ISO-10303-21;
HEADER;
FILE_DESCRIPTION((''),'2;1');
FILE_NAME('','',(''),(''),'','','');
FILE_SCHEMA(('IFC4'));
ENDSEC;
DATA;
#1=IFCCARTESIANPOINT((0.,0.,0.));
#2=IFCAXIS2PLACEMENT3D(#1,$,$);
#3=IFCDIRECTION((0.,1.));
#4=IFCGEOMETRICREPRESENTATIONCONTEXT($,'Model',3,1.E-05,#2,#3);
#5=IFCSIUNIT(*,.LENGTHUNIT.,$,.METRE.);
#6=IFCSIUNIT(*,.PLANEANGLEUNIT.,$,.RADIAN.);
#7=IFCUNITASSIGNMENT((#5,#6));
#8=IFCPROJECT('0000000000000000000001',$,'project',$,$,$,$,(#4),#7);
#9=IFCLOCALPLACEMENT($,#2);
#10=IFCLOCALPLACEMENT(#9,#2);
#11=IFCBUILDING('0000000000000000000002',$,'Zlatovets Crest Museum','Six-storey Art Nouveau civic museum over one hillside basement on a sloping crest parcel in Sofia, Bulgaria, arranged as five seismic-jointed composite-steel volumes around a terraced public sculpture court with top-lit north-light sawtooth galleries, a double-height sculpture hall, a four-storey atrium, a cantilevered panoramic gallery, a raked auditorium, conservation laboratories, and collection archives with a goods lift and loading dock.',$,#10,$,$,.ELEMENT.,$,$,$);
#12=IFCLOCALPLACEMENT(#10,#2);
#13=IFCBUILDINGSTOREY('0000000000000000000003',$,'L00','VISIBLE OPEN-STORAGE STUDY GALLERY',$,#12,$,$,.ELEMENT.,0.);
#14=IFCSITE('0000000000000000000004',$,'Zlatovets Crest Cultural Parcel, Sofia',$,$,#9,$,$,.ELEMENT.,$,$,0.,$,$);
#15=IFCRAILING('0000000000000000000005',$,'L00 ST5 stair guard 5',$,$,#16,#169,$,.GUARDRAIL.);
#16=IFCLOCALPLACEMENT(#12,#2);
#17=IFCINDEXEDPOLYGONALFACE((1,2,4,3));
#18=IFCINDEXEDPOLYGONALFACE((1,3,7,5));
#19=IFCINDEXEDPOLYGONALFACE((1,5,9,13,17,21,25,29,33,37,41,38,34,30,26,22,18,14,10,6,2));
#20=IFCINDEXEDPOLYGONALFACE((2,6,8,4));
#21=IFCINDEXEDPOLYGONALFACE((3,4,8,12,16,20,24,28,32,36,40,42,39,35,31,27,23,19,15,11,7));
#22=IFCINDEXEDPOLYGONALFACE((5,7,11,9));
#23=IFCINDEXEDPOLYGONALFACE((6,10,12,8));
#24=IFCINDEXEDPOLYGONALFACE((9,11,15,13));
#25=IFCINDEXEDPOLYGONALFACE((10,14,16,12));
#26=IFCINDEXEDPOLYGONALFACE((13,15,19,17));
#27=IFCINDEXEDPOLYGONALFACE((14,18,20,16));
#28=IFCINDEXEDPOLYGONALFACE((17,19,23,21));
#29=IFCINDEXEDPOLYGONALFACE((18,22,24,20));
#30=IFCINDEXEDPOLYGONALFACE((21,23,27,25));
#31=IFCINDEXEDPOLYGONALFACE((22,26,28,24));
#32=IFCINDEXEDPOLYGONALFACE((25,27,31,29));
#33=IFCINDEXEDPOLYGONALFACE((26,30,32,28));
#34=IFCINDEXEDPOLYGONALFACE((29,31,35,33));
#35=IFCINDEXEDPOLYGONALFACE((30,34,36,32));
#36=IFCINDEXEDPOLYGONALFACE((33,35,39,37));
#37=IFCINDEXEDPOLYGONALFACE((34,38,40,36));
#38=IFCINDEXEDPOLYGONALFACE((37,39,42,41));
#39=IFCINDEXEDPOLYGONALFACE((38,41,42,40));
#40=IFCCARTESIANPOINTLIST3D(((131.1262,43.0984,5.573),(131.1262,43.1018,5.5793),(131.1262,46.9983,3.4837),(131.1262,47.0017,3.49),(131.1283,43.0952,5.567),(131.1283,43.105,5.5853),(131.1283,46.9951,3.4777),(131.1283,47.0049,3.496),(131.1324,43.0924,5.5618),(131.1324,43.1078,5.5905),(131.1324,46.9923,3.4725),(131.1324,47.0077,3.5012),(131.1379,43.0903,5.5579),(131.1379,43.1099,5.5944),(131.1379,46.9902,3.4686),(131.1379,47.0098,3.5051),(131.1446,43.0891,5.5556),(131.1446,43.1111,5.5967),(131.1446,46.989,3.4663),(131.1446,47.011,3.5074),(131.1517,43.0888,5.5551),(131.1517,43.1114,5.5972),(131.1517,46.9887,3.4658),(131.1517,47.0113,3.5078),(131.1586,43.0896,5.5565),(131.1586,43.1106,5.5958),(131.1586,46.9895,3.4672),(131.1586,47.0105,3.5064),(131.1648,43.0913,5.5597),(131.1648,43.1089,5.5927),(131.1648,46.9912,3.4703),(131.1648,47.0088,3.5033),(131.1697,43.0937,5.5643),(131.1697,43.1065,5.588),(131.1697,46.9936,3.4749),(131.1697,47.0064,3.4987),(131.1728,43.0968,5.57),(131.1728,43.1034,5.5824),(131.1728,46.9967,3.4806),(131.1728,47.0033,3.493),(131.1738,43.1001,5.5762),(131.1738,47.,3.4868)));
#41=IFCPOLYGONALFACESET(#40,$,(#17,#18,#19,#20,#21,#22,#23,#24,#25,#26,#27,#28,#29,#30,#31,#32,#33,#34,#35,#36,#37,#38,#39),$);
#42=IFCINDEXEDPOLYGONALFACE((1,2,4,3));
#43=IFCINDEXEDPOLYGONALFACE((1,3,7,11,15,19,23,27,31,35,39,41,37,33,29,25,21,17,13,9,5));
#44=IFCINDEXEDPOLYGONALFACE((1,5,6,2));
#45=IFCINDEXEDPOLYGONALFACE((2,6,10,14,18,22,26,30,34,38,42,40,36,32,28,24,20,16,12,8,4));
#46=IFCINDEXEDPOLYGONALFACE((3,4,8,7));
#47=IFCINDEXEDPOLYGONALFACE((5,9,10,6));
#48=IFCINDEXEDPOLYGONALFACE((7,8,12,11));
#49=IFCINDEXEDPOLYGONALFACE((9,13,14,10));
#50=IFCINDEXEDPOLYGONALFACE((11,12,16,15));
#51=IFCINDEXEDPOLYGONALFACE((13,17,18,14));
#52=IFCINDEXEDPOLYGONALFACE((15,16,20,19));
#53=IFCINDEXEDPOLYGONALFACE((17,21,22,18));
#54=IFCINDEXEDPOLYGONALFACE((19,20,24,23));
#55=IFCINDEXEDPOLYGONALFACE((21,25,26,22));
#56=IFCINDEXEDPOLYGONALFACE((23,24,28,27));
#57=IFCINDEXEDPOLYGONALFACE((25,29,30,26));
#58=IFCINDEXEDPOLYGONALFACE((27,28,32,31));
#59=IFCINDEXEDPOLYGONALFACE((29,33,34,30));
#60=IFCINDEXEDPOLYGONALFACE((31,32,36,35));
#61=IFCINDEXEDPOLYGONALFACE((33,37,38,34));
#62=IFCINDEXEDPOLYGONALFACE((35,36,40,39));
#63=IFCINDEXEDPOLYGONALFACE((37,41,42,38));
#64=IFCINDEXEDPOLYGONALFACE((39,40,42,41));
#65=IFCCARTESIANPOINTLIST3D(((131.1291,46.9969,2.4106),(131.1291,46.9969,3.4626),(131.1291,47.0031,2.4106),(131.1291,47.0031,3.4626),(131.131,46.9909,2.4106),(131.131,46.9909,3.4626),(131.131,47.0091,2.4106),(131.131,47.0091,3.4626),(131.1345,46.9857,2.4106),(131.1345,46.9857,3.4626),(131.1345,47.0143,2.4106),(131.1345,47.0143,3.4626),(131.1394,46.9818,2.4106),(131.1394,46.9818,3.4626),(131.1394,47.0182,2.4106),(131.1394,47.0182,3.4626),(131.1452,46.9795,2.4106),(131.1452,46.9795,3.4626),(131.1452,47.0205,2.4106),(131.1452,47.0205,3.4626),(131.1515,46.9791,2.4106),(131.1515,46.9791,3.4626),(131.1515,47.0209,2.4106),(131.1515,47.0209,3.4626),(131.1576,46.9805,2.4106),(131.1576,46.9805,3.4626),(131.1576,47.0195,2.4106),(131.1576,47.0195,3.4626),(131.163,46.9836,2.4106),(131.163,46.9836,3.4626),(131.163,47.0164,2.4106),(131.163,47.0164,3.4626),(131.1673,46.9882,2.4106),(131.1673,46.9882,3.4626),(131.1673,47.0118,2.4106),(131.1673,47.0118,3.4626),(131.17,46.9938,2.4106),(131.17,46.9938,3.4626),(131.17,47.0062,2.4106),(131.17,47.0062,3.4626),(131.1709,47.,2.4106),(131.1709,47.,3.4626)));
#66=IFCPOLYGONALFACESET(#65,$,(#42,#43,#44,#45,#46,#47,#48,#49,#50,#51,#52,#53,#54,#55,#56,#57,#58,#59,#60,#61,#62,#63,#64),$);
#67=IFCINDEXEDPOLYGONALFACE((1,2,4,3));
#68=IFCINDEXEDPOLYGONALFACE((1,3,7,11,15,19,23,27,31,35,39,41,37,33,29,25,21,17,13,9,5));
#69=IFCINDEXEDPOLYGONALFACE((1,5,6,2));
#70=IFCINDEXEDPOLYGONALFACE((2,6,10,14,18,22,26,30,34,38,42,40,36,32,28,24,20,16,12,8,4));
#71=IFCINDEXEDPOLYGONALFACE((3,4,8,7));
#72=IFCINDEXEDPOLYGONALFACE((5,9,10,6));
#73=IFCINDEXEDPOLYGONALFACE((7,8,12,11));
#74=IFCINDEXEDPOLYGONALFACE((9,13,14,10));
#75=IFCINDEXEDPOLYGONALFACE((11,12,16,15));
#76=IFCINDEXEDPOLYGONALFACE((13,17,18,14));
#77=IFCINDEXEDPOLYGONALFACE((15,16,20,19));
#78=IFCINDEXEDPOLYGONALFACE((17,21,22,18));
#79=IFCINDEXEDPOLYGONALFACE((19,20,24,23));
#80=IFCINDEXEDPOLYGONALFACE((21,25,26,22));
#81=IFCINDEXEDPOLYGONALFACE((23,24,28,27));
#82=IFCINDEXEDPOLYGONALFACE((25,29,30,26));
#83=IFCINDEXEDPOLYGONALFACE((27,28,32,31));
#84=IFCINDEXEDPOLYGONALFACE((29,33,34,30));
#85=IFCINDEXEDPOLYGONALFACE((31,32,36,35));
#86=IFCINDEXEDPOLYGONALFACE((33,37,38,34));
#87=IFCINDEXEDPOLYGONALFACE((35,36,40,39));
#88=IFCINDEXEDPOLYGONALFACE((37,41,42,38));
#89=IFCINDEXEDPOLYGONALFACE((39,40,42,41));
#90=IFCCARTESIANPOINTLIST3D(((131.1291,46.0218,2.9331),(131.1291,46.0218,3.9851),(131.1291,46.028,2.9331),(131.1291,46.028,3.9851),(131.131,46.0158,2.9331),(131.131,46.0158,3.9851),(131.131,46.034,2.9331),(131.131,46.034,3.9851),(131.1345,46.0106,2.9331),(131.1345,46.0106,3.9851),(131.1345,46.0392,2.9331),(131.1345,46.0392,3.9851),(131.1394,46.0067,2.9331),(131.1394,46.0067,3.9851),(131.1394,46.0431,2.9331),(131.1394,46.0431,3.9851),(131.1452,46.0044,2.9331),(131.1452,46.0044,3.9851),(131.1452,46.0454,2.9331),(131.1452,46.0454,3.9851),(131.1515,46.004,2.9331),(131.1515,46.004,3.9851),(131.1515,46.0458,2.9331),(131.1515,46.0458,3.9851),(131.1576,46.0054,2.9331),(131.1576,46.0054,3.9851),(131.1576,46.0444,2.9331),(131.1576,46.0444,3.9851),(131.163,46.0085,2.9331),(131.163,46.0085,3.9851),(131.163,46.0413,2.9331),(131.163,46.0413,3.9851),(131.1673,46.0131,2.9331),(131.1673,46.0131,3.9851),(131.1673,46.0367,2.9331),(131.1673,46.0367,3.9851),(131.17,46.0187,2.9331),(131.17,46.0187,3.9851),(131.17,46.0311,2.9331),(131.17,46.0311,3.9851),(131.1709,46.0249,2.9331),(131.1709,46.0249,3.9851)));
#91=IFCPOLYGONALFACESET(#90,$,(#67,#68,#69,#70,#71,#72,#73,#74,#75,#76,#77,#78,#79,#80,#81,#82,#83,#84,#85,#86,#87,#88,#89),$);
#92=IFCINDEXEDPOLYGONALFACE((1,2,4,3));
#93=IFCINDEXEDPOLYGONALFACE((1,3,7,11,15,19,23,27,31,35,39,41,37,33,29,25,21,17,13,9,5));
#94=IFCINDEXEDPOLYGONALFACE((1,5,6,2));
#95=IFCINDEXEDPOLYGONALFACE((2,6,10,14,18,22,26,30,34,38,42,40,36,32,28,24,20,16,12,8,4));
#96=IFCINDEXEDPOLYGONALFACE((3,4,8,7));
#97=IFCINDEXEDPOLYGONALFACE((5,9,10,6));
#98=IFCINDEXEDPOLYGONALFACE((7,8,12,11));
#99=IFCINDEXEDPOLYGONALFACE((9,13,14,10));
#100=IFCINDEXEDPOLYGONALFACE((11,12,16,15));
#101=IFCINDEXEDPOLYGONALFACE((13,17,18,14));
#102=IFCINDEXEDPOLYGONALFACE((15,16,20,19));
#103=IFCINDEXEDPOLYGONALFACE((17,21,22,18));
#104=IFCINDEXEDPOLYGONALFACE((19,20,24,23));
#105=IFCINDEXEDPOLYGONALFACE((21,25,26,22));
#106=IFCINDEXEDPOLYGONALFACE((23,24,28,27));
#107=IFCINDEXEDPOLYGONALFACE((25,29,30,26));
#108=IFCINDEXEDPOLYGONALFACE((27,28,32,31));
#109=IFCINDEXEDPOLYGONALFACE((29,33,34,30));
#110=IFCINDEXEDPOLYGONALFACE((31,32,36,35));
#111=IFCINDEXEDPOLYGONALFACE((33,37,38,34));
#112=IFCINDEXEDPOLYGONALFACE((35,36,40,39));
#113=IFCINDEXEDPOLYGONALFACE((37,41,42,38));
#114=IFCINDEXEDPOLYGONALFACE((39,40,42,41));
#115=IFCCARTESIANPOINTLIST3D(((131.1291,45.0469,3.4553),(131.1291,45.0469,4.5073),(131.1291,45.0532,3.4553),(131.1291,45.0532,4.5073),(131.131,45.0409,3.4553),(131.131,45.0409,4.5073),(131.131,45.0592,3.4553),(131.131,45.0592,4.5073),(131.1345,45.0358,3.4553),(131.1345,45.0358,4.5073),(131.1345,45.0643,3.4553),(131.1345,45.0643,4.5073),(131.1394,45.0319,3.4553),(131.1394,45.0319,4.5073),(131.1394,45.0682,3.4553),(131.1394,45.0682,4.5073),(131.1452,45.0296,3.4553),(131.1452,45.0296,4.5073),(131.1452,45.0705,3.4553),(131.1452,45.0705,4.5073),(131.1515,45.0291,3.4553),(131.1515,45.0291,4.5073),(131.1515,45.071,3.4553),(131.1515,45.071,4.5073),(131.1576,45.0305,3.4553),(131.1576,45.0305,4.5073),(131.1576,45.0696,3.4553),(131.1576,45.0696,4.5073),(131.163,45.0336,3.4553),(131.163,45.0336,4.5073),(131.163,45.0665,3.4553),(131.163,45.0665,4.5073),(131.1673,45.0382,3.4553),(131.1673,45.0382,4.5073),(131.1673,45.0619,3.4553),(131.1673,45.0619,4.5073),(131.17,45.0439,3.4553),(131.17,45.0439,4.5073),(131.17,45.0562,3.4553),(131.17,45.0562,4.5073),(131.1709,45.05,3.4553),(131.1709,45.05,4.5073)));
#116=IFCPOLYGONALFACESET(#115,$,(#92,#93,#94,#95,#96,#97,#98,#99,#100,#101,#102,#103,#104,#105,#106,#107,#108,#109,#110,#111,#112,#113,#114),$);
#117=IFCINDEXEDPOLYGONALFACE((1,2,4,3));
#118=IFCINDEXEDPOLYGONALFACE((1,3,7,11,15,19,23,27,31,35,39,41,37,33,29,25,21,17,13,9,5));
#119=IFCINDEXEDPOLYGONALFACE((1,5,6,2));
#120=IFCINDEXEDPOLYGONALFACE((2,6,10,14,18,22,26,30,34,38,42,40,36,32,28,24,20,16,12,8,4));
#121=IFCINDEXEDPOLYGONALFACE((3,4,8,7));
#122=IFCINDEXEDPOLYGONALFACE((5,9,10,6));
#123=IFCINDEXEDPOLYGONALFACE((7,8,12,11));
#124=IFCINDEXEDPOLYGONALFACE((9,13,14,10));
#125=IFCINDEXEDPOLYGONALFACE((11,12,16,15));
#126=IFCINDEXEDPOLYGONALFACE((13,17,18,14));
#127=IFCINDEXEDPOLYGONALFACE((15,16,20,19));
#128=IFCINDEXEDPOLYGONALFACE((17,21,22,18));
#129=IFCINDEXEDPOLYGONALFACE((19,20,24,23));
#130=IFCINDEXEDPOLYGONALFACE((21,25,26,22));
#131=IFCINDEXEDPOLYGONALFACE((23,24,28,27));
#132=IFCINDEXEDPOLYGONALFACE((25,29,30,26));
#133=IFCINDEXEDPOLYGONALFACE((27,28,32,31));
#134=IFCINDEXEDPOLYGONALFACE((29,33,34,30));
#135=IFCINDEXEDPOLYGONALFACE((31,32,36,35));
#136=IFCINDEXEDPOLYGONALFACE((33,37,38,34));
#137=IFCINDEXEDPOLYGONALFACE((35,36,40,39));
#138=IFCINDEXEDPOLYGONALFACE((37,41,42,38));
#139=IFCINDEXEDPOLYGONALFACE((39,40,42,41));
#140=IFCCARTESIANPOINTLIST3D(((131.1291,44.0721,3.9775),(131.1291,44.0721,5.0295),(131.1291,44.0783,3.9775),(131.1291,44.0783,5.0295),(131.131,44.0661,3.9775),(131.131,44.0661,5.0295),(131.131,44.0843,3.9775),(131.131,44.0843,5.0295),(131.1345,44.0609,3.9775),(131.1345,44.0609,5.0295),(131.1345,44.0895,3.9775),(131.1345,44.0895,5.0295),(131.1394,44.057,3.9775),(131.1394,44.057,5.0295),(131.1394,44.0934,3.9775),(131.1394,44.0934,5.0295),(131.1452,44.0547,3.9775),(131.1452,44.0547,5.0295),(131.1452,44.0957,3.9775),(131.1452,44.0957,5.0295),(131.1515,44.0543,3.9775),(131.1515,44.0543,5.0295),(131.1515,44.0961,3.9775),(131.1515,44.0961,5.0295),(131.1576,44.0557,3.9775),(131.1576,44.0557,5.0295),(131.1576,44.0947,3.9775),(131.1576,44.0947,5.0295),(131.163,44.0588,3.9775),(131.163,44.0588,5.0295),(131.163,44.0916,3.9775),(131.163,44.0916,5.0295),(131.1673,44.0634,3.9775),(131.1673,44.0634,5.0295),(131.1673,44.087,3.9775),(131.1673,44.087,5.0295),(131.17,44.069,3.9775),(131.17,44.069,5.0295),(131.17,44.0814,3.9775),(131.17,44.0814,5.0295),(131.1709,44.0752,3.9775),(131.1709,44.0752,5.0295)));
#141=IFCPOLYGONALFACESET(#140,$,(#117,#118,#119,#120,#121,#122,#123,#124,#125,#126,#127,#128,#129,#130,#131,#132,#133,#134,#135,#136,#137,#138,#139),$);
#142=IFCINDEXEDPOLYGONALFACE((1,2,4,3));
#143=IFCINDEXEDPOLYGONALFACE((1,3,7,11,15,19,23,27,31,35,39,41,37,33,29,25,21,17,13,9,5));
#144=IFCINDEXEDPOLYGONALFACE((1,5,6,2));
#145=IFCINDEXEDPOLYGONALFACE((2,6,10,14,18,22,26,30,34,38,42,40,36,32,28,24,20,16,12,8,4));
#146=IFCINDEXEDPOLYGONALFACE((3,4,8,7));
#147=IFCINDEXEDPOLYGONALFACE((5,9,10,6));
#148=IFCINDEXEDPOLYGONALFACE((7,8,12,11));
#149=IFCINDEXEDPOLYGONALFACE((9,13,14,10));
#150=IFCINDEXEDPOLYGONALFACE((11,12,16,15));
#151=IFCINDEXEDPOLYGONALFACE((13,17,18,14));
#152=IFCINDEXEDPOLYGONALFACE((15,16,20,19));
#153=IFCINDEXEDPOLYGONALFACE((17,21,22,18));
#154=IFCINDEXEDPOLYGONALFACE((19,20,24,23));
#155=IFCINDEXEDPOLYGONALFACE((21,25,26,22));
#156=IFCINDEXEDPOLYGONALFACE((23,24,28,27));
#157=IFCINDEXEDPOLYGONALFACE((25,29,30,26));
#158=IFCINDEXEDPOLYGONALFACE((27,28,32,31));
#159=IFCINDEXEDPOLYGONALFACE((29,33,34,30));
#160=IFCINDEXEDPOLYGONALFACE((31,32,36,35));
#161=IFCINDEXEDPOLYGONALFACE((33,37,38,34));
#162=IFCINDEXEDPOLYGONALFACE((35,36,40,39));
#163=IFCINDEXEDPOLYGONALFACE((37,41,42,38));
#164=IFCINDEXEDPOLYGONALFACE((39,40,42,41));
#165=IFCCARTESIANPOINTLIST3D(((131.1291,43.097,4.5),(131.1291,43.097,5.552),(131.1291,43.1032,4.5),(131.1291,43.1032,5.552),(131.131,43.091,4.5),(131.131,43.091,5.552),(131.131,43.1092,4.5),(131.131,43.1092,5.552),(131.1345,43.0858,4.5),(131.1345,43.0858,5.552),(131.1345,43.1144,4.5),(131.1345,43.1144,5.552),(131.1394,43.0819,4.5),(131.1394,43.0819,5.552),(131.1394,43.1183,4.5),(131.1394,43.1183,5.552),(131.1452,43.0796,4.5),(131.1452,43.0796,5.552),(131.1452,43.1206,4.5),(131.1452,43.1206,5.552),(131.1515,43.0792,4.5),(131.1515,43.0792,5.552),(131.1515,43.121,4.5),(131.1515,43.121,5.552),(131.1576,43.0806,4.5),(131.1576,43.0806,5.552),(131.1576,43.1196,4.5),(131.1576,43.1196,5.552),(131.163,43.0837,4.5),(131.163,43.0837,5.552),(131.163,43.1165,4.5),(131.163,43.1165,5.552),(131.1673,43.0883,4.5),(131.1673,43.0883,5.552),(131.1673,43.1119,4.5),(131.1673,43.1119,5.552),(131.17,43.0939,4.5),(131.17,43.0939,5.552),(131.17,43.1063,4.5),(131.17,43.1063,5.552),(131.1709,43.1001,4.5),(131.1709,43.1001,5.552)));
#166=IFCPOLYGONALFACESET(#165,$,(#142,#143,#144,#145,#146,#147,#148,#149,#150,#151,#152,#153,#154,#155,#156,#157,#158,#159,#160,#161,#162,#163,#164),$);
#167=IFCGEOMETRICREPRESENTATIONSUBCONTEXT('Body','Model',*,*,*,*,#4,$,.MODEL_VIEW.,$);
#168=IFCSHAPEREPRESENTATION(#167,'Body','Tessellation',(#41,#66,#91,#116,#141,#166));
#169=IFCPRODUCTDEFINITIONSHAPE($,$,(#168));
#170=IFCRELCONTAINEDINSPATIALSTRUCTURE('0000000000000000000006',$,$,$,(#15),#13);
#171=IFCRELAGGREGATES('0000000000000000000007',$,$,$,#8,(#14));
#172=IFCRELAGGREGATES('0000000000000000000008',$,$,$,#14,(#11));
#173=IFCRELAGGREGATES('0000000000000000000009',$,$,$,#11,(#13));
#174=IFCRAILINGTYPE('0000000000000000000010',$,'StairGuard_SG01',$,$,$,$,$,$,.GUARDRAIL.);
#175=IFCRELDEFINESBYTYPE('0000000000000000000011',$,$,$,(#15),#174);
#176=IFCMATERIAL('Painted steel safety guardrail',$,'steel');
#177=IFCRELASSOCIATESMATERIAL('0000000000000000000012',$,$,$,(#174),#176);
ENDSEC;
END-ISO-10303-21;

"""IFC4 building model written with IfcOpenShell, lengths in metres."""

from ifc_helpers import new_model, si_unit, direction, frame, origin, origin_2d, place, context, subcontext, project, spatial, circle, extrude, material, type_object, element, save


model = new_model("IFC4")

# Units and contexts
model_context = context("Model", 3, precision=1e-05, world=origin(), true_north=direction((0.0, 1.0)))
body_context = subcontext(model_context, "Body", "Model", "MODEL_VIEW")
ifc_project = project(units=[si_unit("LENGTHUNIT", "METRE"), si_unit("PLANEANGLEUNIT", "RADIAN")], contexts=[model_context])

# Site, building, storey
site_placement = place(None, origin())
site = spatial("IfcSite", under=ifc_project, at=site_placement, Name="Zlatovets Crest Cultural Parcel, Sofia", CompositionType="ELEMENT", RefElevation=0.0)
building_placement = place(site_placement, origin())
building = spatial("IfcBuilding", under=site, at=building_placement, Name="Zlatovets Crest Museum", Description="Six-storey Art Nouveau civic museum over one hillside basement on a sloping crest parcel in Sofia, Bulgaria, arranged as five seismic-jointed composite-steel volumes around a terraced public sculpture court with top-lit north-light sawtooth galleries, a double-height sculpture hall, a four-storey atrium, a cantilevered panoramic gallery, a raked auditorium, conservation laboratories, and collection archives with a goods lift and loading dock.", CompositionType="ELEMENT")
storey_placement = place(building_placement, origin())
storey = spatial("IfcBuildingStorey", under=building, at=storey_placement, Name="L00", Description="VISIBLE OPEN-STORAGE STUDY GALLERY", CompositionType="ELEMENT", Elevation=0.0)

# Railing
ifc_material_1 = material(Name="Painted steel safety guardrail", Category="steel")
railing_type_1 = type_object("IfcRailingType", Name="StairGuard_SG01", PredefinedType="GUARDRAIL", material=ifc_material_1)
railing_1_placement = place(storey_placement, frame((131.1499, 47.0, 2.4106)))
element("IfcRailing", 1, at=railing_1_placement, inside=storey, type_object=railing_type_1, Name="L00 ST5 stair guard 5", PredefinedType="GUARDRAIL", context=body_context, shape_type="SweptSolid", body=[
    extrude(circle(Radius=0.0239, at=origin_2d()), frame((0.0, 0.0, 1.0762), z_axis=(0.0, -0.881468, 0.472243), x_axis=(1.0, 0.0, 0.0)), (0.0, 0.0, 1.0), 4.4243),
    extrude(circle(Radius=0.021, at=origin_2d()), origin(), (0.0, 0.0, 1.0), 1.052),
    extrude(circle(Radius=0.021, at=origin_2d()), frame((0.0, -0.9751, 0.5225)), (0.0, 0.0, 1.0), 1.052),
    extrude(circle(Radius=0.021, at=origin_2d()), frame((0.0, -1.95, 1.0447)), (0.0, 0.0, 1.0), 1.052),
    extrude(circle(Radius=0.021, at=origin_2d()), frame((0.0, -2.9248, 1.5669)), (0.0, 0.0, 1.0), 1.052),
    extrude(circle(Radius=0.021, at=origin_2d()), frame((0.0, -3.8999, 2.0894)), (0.0, 0.0, 1.0), 1.052),
])

save(model, "model.ifc")
